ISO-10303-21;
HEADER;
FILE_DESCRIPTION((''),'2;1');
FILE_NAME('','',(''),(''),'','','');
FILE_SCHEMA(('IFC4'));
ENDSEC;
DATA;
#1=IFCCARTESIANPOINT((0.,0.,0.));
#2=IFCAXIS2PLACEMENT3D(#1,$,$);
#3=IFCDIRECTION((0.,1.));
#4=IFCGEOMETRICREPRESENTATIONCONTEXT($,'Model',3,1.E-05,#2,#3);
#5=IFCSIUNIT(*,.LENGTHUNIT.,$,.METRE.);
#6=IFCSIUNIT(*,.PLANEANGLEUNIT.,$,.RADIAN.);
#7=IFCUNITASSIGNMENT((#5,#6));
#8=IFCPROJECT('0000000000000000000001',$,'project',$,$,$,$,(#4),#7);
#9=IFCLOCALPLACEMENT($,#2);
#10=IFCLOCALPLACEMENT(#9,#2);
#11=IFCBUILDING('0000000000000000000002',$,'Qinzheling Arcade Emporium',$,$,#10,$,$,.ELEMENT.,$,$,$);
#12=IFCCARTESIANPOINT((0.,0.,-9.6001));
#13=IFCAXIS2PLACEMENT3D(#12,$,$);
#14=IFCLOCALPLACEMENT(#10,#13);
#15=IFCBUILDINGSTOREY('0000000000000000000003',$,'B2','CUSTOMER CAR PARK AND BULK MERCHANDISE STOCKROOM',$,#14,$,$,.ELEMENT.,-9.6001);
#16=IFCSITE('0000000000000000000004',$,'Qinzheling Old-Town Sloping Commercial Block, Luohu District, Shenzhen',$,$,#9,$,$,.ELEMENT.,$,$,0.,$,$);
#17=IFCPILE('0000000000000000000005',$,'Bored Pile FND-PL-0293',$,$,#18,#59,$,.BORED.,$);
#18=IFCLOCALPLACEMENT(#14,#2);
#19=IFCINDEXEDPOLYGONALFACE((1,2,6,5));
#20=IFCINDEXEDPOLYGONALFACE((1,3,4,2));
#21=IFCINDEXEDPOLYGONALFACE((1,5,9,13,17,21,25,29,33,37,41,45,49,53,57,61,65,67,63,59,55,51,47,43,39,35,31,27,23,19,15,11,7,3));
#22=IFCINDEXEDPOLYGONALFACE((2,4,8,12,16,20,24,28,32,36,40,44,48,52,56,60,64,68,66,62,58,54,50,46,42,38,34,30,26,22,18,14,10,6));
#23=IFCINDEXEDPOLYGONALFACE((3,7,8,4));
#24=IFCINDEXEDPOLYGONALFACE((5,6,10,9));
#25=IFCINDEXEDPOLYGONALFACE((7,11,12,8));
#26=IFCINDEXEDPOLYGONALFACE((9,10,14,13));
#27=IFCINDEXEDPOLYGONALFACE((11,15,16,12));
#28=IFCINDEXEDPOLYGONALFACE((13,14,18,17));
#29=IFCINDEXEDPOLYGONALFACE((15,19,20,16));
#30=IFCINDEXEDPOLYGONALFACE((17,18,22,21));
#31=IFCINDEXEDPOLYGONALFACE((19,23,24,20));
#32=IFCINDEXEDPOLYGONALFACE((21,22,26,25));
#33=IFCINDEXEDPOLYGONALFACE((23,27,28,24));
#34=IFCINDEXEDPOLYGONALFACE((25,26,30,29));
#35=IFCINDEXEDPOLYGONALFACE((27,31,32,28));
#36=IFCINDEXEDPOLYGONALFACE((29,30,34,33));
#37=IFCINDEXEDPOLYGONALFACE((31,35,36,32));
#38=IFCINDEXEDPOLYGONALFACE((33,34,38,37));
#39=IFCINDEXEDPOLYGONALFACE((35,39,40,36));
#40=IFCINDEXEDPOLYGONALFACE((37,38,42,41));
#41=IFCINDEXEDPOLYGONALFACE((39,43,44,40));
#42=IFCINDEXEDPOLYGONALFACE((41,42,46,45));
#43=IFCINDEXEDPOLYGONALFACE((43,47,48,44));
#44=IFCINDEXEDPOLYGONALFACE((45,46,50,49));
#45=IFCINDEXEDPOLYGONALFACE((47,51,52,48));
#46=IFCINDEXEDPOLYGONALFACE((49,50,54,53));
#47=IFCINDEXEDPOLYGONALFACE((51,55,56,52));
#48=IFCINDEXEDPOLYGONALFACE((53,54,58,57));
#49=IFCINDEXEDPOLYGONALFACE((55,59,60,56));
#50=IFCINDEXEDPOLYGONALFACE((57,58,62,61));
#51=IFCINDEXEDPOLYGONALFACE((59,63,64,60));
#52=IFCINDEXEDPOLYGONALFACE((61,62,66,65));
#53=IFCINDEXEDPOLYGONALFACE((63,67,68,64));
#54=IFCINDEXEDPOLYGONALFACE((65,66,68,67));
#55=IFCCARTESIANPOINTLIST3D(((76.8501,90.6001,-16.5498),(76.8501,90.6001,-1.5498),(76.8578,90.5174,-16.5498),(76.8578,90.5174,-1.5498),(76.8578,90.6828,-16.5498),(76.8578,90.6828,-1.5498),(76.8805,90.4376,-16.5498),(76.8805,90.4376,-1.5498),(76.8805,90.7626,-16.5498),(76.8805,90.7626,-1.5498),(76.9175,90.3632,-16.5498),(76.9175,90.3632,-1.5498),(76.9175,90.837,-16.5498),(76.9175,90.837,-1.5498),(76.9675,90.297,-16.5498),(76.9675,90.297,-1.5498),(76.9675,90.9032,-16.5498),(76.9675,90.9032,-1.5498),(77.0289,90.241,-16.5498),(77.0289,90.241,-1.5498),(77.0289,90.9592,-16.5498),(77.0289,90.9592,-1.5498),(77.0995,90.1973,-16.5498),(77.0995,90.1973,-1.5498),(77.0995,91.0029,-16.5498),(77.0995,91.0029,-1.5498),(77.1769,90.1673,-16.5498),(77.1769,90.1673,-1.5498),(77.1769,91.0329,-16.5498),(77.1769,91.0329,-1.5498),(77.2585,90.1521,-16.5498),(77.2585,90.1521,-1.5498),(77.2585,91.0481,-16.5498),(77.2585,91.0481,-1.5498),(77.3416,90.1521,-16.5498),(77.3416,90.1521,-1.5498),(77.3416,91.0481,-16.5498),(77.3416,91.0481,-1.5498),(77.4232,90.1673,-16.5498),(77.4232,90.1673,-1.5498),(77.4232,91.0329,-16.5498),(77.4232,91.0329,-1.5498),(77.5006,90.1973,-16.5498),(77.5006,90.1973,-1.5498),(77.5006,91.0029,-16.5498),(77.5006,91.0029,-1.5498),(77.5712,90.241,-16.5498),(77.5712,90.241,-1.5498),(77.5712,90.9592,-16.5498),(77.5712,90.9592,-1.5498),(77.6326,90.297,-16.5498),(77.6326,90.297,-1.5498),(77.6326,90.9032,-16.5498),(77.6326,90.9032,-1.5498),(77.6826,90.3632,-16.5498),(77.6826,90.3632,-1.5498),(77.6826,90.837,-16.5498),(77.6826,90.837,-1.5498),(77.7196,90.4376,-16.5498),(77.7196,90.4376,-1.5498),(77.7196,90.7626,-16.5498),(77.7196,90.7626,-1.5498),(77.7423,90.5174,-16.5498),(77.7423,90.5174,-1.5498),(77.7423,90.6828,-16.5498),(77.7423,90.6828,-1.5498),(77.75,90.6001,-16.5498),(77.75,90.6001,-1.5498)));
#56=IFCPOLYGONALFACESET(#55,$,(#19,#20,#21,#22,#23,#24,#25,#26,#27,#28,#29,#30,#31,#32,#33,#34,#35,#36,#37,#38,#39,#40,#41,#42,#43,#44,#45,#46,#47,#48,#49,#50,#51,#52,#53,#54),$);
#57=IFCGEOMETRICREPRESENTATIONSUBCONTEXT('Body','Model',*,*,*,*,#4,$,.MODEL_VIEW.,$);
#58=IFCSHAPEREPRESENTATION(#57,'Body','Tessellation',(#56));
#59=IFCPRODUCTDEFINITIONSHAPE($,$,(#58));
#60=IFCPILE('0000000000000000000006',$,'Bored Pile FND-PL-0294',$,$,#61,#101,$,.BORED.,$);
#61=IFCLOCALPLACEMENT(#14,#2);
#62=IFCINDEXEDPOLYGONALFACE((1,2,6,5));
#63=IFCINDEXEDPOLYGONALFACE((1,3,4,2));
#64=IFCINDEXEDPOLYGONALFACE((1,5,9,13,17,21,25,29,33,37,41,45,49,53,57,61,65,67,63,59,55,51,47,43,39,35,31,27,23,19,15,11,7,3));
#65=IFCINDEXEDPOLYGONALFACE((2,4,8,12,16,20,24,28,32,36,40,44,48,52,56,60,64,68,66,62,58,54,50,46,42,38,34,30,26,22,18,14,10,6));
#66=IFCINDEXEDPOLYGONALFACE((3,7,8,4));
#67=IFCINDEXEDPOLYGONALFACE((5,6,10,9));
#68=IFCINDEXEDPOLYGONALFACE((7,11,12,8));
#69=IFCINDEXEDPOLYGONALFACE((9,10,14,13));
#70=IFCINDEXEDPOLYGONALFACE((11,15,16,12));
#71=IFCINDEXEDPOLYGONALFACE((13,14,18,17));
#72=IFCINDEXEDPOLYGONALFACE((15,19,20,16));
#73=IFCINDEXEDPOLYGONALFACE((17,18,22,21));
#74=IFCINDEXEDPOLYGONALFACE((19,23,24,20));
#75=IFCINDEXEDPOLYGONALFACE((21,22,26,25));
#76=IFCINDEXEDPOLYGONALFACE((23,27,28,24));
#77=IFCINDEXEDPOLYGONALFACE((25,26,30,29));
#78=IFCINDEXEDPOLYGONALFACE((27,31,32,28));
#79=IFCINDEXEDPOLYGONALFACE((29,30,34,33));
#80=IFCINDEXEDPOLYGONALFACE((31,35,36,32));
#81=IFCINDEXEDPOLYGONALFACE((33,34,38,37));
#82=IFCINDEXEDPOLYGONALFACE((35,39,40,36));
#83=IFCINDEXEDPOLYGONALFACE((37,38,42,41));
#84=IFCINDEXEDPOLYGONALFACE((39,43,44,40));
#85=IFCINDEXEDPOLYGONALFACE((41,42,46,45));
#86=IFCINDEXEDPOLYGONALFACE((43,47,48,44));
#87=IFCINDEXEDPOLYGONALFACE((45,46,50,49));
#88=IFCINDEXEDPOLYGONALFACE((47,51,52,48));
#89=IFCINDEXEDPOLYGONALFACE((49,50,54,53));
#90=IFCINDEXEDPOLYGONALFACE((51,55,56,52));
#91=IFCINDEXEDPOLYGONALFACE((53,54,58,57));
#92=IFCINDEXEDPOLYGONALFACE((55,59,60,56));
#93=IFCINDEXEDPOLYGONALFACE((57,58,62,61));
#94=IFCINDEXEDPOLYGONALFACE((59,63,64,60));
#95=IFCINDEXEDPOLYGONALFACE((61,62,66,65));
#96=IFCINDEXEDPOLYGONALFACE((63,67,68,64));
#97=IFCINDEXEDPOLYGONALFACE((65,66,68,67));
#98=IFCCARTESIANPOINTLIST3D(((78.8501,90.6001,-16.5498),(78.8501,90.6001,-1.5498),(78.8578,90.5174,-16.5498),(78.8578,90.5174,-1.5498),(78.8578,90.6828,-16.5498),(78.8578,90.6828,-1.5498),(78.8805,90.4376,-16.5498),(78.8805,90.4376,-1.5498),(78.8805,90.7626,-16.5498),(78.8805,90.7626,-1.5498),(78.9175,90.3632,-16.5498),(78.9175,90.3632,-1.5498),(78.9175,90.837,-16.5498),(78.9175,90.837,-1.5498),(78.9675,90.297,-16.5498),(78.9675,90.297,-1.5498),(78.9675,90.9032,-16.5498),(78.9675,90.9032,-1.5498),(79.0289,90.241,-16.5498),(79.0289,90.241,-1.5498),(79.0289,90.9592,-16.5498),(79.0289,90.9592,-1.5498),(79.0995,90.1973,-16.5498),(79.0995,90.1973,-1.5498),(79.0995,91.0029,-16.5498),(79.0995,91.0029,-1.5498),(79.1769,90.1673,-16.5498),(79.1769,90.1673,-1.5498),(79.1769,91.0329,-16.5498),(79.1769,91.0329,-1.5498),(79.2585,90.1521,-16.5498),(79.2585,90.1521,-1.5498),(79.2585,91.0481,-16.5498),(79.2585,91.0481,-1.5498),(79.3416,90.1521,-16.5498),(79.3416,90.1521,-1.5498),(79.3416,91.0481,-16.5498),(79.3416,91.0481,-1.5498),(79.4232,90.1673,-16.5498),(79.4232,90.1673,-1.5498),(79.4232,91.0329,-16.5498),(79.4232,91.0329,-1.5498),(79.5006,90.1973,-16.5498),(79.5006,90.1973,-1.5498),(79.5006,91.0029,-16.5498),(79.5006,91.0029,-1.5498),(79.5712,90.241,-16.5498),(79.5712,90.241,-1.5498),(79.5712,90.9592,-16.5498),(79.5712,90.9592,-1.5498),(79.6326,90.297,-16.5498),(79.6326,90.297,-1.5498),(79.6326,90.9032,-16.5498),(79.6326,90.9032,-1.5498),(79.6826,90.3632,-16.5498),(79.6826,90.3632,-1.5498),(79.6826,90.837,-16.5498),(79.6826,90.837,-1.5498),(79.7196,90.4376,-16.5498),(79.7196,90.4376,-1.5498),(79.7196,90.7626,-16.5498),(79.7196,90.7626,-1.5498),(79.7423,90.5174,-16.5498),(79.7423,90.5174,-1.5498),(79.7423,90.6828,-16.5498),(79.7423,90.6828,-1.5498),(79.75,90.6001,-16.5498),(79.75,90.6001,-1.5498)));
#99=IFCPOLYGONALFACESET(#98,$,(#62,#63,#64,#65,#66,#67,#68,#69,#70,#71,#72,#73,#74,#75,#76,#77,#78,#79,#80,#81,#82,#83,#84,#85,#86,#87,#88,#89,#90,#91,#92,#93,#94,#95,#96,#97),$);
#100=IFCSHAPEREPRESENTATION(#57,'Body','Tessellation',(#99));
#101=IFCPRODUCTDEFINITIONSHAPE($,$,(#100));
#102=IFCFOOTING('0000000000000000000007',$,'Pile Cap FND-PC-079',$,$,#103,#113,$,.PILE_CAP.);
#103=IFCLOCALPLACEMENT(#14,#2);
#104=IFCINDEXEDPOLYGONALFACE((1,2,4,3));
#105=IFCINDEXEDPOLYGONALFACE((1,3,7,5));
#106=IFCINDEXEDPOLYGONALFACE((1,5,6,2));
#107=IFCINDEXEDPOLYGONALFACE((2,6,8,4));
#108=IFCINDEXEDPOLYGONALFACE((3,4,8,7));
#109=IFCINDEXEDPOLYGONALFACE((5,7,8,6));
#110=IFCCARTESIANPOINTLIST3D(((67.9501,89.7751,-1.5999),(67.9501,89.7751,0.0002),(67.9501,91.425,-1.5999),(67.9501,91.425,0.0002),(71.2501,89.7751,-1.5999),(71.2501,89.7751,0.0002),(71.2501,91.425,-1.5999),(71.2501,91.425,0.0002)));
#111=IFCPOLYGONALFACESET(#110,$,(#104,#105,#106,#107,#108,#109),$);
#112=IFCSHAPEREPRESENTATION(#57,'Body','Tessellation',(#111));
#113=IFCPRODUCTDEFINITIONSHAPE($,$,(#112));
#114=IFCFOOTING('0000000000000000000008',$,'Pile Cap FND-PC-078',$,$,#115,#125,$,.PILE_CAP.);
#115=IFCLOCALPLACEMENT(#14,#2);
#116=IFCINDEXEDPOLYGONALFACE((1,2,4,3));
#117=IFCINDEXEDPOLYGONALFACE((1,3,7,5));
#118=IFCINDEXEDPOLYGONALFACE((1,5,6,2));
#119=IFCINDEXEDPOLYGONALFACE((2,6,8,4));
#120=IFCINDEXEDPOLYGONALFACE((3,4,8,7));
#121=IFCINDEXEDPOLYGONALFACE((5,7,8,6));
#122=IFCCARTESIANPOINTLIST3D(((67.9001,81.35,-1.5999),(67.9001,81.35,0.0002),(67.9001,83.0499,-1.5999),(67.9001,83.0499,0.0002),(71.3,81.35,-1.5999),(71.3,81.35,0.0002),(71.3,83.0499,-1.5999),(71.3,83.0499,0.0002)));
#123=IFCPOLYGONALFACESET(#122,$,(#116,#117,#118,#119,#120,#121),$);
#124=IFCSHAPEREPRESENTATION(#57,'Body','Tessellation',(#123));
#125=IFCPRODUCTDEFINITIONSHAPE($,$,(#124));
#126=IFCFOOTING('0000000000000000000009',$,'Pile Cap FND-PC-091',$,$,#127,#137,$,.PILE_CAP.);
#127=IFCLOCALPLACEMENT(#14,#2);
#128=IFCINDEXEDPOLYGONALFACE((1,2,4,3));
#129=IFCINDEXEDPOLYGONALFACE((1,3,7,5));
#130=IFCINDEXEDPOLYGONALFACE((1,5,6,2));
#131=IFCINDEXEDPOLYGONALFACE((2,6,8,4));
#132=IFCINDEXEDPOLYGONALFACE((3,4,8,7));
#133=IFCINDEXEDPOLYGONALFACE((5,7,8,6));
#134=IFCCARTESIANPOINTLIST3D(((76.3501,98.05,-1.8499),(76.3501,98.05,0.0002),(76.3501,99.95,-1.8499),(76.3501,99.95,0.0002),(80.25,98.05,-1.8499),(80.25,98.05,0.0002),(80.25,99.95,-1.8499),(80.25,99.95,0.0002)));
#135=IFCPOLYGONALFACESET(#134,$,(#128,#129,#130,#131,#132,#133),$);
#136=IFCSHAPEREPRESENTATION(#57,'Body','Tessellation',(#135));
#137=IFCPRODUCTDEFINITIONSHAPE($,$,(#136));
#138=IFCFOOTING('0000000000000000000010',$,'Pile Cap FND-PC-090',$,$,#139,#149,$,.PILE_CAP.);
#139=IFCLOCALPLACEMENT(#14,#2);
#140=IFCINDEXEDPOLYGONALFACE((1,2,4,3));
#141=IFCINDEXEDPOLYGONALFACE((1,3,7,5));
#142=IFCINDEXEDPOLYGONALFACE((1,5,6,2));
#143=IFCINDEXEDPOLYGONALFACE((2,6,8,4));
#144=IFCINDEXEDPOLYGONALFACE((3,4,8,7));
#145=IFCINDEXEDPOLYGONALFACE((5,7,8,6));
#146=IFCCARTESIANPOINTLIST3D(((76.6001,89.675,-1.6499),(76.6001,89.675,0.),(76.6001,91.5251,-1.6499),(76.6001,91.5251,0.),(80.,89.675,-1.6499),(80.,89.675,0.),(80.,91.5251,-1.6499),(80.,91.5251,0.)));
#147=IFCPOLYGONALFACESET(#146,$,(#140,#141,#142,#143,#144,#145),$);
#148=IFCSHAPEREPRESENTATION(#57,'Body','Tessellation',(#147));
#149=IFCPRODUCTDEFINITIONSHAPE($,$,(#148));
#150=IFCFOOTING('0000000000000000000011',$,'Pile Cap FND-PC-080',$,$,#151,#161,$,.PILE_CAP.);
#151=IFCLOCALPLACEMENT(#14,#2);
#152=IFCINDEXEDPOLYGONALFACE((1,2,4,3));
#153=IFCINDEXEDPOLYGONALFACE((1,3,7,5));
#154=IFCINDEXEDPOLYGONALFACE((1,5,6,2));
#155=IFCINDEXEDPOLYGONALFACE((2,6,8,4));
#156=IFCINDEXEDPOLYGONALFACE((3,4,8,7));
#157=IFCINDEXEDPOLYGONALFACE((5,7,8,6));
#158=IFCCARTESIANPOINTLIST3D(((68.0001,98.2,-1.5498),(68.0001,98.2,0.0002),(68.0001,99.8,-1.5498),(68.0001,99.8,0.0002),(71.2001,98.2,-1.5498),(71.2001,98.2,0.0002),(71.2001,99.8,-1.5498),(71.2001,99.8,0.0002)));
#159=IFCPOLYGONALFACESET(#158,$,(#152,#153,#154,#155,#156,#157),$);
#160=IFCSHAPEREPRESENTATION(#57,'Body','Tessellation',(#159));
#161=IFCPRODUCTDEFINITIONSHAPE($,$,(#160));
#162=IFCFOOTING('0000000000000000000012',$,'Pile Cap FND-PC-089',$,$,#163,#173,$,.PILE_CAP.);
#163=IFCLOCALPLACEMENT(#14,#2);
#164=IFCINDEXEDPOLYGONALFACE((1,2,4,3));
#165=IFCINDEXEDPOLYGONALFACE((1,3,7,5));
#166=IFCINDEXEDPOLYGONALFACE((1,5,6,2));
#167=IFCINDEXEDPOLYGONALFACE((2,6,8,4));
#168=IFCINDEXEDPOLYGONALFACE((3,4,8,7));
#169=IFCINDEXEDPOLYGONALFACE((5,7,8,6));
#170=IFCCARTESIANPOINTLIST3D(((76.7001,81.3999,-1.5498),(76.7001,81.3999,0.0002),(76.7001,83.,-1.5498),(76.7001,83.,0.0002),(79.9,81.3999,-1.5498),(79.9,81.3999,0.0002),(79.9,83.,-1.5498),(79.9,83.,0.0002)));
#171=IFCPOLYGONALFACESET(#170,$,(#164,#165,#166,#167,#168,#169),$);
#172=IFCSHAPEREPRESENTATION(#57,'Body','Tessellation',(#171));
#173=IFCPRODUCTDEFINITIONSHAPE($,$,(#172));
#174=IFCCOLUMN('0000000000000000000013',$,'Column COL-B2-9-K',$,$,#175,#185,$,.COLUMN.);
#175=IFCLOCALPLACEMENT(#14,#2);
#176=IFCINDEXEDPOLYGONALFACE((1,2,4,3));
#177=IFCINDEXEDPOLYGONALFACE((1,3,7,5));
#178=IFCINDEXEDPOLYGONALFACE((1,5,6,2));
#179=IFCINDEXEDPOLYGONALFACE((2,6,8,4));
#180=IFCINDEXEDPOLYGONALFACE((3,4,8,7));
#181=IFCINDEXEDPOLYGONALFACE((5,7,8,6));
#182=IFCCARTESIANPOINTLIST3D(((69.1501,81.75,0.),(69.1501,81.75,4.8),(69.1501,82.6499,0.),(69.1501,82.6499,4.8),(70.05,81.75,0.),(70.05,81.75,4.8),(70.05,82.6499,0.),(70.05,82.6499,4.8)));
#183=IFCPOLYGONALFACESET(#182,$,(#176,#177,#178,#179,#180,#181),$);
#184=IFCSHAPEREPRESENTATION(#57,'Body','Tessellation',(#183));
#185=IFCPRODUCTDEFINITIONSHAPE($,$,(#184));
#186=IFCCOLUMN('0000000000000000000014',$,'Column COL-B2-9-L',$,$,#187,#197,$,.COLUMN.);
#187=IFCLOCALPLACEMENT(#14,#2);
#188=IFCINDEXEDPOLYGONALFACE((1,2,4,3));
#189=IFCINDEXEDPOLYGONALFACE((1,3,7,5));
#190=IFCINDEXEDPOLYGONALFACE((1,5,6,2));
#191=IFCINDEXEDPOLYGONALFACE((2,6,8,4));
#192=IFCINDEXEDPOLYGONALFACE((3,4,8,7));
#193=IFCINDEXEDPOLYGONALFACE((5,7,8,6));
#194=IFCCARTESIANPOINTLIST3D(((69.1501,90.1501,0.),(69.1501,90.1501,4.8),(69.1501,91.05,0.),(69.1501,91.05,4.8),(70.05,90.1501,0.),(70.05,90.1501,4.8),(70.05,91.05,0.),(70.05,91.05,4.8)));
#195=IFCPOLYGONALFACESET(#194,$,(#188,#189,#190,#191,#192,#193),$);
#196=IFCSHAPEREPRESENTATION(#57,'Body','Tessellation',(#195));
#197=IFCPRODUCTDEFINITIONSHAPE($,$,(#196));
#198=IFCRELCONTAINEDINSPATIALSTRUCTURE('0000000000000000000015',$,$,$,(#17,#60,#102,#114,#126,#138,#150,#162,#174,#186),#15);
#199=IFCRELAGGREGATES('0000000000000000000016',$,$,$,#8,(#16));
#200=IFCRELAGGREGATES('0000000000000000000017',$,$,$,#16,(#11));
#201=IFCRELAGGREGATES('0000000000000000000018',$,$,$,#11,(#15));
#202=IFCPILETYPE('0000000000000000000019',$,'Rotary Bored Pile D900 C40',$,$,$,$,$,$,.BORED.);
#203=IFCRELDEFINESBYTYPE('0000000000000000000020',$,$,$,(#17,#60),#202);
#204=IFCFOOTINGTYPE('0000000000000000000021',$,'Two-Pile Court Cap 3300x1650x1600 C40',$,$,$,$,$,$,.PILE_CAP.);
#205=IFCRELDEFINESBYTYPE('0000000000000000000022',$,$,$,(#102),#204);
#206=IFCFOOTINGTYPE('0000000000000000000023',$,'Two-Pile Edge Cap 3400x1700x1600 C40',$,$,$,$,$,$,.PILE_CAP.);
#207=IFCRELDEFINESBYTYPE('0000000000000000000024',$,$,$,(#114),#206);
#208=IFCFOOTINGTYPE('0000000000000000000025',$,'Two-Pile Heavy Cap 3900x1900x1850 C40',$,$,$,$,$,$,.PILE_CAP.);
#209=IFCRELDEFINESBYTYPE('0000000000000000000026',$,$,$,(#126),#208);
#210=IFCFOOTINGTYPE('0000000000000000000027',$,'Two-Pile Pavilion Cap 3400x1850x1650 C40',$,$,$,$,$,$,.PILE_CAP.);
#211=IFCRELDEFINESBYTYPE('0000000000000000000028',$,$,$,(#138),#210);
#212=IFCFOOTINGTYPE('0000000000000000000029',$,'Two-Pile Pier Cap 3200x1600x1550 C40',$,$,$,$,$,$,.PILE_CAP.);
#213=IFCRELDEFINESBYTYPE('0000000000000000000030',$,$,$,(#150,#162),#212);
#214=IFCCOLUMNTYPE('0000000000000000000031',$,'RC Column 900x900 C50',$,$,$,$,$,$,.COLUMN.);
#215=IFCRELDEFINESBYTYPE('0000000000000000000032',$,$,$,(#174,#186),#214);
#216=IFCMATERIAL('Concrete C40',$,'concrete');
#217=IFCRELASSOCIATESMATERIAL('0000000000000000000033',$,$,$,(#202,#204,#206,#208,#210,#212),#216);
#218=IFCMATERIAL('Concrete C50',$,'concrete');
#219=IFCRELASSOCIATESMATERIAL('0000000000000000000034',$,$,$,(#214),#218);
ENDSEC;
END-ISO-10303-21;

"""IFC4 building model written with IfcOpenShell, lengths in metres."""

from ifc_helpers import new_model, si_unit, direction, frame, origin, origin_2d, place, context, subcontext, project, spatial, rectangle, circle, extrude, material, material_profile, profile_set, type_object, element, save


model = new_model("IFC4")

# Units and contexts
model_context = context("Model", 3, precision=1e-05, world=origin(), true_north=direction((0.0, 1.0)))
body_context = subcontext(model_context, "Body", "Model", "MODEL_VIEW")
ifc_project = project(units=[si_unit("LENGTHUNIT", "METRE"), si_unit("PLANEANGLEUNIT", "RADIAN")], contexts=[model_context])

# Site, building, storey
site_placement = place(None, origin())
site = spatial("IfcSite", under=ifc_project, at=site_placement, Name="Qinzheling Old-Town Sloping Commercial Block, Luohu District, Shenzhen", CompositionType="ELEMENT", RefElevation=0.0)
building_placement = place(site_placement, origin())
building = spatial("IfcBuilding", under=site, at=building_placement, Name="Qinzheling Arcade Emporium", CompositionType="ELEMENT")
storey_placement = place(building_placement, frame((0.0, 0.0, -9.6001)))
storey = spatial("IfcBuildingStorey", under=building, at=storey_placement, Name="B2", Description="CUSTOMER CAR PARK AND BULK MERCHANDISE STOCKROOM", CompositionType="ELEMENT", Elevation=-9.6001)

# Shared definitions
ifc_material_1 = material(Name="Concrete C40", Category="concrete")

# Piles
ifc_material_profile_1 = material_profile(ifc_material_1, circle(Radius=0.45, at=origin_2d()), Name="BORED D900", Category="concrete")
ifc_profile_set_1 = profile_set([ifc_material_profile_1], Name="Concrete C40")
pile_type_1 = type_object("IfcPileType", Name="Rotary Bored Pile D900 C40", PredefinedType="BORED", material=ifc_profile_set_1)
for number, where, z_axis, x_axis, name in (
    (1, (77.3, 90.6001, -1.5498), (0.0, 0.0, -1.0), (1.0, 0.0, 0.0), "Bored Pile FND-PL-0293"),
    (2, (79.3, 90.6001, -1.5498), (0.0, 0.0, -1.0), (1.0, 0.0, 0.0), "Bored Pile FND-PL-0294"),
):
    element("IfcPile", number, at=place(storey_placement, frame(where, z_axis=z_axis, x_axis=x_axis)), inside=storey, type_object=pile_type_1, Name=name, PredefinedType="BORED", context=body_context, shape_type="SweptSolid", body=[
        extrude(circle(Radius=0.45, at=origin_2d()), origin(), (0.0, 0.0, 1.0), 15.0),
    ])

# Footings
footing_type_1 = type_object("IfcFootingType", Name="Two-Pile Court Cap 3300x1650x1600 C40", PredefinedType="PILE_CAP", material=ifc_material_1)
footing_1_placement = place(storey_placement, frame((69.6001, 90.6001, -1.5999), z_axis=(0.0, 0.0, 1.0), x_axis=(1.0, 0.0, 0.0)))
element("IfcFooting", 3, at=footing_1_placement, inside=storey, type_object=footing_type_1, Name="Pile Cap FND-PC-079", PredefinedType="PILE_CAP", context=body_context, shape_type="SweptSolid", body=[
    extrude(rectangle(XDim=3.3, YDim=1.6499, at=origin_2d()), origin(), (0.0, 0.0, 1.0), 1.6001),
])
footing_type_2 = type_object("IfcFootingType", Name="Two-Pile Edge Cap 3400x1700x1600 C40", PredefinedType="PILE_CAP", material=ifc_material_1)
footing_2_placement = place(storey_placement, frame((69.6001, 82.2, -1.5999), z_axis=(0.0, 0.0, 1.0), x_axis=(1.0, 0.0, 0.0)))
element("IfcFooting", 4, at=footing_2_placement, inside=storey, type_object=footing_type_2, Name="Pile Cap FND-PC-078", PredefinedType="PILE_CAP", context=body_context, shape_type="SweptSolid", body=[
    extrude(rectangle(XDim=3.3999, YDim=1.7, at=origin_2d()), origin(), (0.0, 0.0, 1.0), 1.6001),
])
footing_type_3 = type_object("IfcFootingType", Name="Two-Pile Heavy Cap 3900x1900x1850 C40", PredefinedType="PILE_CAP", material=ifc_material_1)
footing_3_placement = place(storey_placement, frame((78.3, 99.0, -1.8499), z_axis=(0.0, 0.0, 1.0), x_axis=(1.0, 0.0, 0.0)))
element("IfcFooting", 5, at=footing_3_placement, inside=storey, type_object=footing_type_3, Name="Pile Cap FND-PC-091", PredefinedType="PILE_CAP", context=body_context, shape_type="SweptSolid", body=[
    extrude(rectangle(XDim=3.8999, YDim=1.8999, at=origin_2d()), origin(), (0.0, 0.0, 1.0), 1.8501),
])
footing_type_4 = type_object("IfcFootingType", Name="Two-Pile Pavilion Cap 3400x1850x1650 C40", PredefinedType="PILE_CAP", material=ifc_material_1)
footing_4_placement = place(storey_placement, frame((78.3, 90.6001, -1.6499), z_axis=(0.0, 0.0, 1.0), x_axis=(1.0, 0.0, 0.0)))
element("IfcFooting", 6, at=footing_4_placement, inside=storey, type_object=footing_type_4, Name="Pile Cap FND-PC-090", PredefinedType="PILE_CAP", context=body_context, shape_type="SweptSolid", body=[
    extrude(rectangle(XDim=3.3999, YDim=1.8501, at=origin_2d()), origin(), (0.0, 0.0, 1.0), 1.6499),
])
footing_type_5 = type_object("IfcFootingType", Name="Two-Pile Pier Cap 3200x1600x1550 C40", PredefinedType="PILE_CAP", material=ifc_material_1)
for number, where, z_axis, x_axis, name in (
    (7, (69.6001, 99.0, -1.5498), (0.0, 0.0, 1.0), (1.0, 0.0, 0.0), "Pile Cap FND-PC-080"),
    (8, (78.3, 82.2, -1.5498), (0.0, 0.0, 1.0), (1.0, 0.0, 0.0), "Pile Cap FND-PC-089"),
):
    element("IfcFooting", number, at=place(storey_placement, frame(where, z_axis=z_axis, x_axis=x_axis)), inside=storey, type_object=footing_type_5, Name=name, PredefinedType="PILE_CAP", context=body_context, shape_type="SweptSolid", body=[
        extrude(rectangle(XDim=3.2, YDim=1.6001, at=origin_2d()), origin(), (0.0, 0.0, 1.0), 1.55),
    ])

# Columns
ifc_material_2 = material(Name="Concrete C50", Category="concrete")
ifc_material_profile_2 = material_profile(ifc_material_2, rectangle(XDim=0.8999, YDim=0.8999, at=origin_2d()), Name="RC 900x900", Category="concrete")
ifc_profile_set_2 = profile_set([ifc_material_profile_2], Name="Concrete C50")
column_type = type_object("IfcColumnType", Name="RC Column 900x900 C50", PredefinedType="COLUMN", material=ifc_profile_set_2)
for number, where, z_axis, x_axis, name in (
    (9, (69.6001, 82.2, 0.0), (0.0, 0.0, 1.0), (1.0, 0.0, 0.0), "Column COL-B2-9-K"),
    (10, (69.6001, 90.6001, 0.0), (0.0, 0.0, 1.0), (1.0, 0.0, 0.0), "Column COL-B2-9-L"),
):
    element("IfcColumn", number, at=place(storey_placement, frame(where, z_axis=z_axis, x_axis=x_axis)), inside=storey, type_object=column_type, Name=name, PredefinedType="COLUMN", context=body_context, shape_type="SweptSolid", body=[
        extrude(rectangle(XDim=0.8999, YDim=0.8999, at=origin_2d()), origin(), (0.0, 0.0, 1.0), 4.8),
    ])

save(model, "model.ifc")
